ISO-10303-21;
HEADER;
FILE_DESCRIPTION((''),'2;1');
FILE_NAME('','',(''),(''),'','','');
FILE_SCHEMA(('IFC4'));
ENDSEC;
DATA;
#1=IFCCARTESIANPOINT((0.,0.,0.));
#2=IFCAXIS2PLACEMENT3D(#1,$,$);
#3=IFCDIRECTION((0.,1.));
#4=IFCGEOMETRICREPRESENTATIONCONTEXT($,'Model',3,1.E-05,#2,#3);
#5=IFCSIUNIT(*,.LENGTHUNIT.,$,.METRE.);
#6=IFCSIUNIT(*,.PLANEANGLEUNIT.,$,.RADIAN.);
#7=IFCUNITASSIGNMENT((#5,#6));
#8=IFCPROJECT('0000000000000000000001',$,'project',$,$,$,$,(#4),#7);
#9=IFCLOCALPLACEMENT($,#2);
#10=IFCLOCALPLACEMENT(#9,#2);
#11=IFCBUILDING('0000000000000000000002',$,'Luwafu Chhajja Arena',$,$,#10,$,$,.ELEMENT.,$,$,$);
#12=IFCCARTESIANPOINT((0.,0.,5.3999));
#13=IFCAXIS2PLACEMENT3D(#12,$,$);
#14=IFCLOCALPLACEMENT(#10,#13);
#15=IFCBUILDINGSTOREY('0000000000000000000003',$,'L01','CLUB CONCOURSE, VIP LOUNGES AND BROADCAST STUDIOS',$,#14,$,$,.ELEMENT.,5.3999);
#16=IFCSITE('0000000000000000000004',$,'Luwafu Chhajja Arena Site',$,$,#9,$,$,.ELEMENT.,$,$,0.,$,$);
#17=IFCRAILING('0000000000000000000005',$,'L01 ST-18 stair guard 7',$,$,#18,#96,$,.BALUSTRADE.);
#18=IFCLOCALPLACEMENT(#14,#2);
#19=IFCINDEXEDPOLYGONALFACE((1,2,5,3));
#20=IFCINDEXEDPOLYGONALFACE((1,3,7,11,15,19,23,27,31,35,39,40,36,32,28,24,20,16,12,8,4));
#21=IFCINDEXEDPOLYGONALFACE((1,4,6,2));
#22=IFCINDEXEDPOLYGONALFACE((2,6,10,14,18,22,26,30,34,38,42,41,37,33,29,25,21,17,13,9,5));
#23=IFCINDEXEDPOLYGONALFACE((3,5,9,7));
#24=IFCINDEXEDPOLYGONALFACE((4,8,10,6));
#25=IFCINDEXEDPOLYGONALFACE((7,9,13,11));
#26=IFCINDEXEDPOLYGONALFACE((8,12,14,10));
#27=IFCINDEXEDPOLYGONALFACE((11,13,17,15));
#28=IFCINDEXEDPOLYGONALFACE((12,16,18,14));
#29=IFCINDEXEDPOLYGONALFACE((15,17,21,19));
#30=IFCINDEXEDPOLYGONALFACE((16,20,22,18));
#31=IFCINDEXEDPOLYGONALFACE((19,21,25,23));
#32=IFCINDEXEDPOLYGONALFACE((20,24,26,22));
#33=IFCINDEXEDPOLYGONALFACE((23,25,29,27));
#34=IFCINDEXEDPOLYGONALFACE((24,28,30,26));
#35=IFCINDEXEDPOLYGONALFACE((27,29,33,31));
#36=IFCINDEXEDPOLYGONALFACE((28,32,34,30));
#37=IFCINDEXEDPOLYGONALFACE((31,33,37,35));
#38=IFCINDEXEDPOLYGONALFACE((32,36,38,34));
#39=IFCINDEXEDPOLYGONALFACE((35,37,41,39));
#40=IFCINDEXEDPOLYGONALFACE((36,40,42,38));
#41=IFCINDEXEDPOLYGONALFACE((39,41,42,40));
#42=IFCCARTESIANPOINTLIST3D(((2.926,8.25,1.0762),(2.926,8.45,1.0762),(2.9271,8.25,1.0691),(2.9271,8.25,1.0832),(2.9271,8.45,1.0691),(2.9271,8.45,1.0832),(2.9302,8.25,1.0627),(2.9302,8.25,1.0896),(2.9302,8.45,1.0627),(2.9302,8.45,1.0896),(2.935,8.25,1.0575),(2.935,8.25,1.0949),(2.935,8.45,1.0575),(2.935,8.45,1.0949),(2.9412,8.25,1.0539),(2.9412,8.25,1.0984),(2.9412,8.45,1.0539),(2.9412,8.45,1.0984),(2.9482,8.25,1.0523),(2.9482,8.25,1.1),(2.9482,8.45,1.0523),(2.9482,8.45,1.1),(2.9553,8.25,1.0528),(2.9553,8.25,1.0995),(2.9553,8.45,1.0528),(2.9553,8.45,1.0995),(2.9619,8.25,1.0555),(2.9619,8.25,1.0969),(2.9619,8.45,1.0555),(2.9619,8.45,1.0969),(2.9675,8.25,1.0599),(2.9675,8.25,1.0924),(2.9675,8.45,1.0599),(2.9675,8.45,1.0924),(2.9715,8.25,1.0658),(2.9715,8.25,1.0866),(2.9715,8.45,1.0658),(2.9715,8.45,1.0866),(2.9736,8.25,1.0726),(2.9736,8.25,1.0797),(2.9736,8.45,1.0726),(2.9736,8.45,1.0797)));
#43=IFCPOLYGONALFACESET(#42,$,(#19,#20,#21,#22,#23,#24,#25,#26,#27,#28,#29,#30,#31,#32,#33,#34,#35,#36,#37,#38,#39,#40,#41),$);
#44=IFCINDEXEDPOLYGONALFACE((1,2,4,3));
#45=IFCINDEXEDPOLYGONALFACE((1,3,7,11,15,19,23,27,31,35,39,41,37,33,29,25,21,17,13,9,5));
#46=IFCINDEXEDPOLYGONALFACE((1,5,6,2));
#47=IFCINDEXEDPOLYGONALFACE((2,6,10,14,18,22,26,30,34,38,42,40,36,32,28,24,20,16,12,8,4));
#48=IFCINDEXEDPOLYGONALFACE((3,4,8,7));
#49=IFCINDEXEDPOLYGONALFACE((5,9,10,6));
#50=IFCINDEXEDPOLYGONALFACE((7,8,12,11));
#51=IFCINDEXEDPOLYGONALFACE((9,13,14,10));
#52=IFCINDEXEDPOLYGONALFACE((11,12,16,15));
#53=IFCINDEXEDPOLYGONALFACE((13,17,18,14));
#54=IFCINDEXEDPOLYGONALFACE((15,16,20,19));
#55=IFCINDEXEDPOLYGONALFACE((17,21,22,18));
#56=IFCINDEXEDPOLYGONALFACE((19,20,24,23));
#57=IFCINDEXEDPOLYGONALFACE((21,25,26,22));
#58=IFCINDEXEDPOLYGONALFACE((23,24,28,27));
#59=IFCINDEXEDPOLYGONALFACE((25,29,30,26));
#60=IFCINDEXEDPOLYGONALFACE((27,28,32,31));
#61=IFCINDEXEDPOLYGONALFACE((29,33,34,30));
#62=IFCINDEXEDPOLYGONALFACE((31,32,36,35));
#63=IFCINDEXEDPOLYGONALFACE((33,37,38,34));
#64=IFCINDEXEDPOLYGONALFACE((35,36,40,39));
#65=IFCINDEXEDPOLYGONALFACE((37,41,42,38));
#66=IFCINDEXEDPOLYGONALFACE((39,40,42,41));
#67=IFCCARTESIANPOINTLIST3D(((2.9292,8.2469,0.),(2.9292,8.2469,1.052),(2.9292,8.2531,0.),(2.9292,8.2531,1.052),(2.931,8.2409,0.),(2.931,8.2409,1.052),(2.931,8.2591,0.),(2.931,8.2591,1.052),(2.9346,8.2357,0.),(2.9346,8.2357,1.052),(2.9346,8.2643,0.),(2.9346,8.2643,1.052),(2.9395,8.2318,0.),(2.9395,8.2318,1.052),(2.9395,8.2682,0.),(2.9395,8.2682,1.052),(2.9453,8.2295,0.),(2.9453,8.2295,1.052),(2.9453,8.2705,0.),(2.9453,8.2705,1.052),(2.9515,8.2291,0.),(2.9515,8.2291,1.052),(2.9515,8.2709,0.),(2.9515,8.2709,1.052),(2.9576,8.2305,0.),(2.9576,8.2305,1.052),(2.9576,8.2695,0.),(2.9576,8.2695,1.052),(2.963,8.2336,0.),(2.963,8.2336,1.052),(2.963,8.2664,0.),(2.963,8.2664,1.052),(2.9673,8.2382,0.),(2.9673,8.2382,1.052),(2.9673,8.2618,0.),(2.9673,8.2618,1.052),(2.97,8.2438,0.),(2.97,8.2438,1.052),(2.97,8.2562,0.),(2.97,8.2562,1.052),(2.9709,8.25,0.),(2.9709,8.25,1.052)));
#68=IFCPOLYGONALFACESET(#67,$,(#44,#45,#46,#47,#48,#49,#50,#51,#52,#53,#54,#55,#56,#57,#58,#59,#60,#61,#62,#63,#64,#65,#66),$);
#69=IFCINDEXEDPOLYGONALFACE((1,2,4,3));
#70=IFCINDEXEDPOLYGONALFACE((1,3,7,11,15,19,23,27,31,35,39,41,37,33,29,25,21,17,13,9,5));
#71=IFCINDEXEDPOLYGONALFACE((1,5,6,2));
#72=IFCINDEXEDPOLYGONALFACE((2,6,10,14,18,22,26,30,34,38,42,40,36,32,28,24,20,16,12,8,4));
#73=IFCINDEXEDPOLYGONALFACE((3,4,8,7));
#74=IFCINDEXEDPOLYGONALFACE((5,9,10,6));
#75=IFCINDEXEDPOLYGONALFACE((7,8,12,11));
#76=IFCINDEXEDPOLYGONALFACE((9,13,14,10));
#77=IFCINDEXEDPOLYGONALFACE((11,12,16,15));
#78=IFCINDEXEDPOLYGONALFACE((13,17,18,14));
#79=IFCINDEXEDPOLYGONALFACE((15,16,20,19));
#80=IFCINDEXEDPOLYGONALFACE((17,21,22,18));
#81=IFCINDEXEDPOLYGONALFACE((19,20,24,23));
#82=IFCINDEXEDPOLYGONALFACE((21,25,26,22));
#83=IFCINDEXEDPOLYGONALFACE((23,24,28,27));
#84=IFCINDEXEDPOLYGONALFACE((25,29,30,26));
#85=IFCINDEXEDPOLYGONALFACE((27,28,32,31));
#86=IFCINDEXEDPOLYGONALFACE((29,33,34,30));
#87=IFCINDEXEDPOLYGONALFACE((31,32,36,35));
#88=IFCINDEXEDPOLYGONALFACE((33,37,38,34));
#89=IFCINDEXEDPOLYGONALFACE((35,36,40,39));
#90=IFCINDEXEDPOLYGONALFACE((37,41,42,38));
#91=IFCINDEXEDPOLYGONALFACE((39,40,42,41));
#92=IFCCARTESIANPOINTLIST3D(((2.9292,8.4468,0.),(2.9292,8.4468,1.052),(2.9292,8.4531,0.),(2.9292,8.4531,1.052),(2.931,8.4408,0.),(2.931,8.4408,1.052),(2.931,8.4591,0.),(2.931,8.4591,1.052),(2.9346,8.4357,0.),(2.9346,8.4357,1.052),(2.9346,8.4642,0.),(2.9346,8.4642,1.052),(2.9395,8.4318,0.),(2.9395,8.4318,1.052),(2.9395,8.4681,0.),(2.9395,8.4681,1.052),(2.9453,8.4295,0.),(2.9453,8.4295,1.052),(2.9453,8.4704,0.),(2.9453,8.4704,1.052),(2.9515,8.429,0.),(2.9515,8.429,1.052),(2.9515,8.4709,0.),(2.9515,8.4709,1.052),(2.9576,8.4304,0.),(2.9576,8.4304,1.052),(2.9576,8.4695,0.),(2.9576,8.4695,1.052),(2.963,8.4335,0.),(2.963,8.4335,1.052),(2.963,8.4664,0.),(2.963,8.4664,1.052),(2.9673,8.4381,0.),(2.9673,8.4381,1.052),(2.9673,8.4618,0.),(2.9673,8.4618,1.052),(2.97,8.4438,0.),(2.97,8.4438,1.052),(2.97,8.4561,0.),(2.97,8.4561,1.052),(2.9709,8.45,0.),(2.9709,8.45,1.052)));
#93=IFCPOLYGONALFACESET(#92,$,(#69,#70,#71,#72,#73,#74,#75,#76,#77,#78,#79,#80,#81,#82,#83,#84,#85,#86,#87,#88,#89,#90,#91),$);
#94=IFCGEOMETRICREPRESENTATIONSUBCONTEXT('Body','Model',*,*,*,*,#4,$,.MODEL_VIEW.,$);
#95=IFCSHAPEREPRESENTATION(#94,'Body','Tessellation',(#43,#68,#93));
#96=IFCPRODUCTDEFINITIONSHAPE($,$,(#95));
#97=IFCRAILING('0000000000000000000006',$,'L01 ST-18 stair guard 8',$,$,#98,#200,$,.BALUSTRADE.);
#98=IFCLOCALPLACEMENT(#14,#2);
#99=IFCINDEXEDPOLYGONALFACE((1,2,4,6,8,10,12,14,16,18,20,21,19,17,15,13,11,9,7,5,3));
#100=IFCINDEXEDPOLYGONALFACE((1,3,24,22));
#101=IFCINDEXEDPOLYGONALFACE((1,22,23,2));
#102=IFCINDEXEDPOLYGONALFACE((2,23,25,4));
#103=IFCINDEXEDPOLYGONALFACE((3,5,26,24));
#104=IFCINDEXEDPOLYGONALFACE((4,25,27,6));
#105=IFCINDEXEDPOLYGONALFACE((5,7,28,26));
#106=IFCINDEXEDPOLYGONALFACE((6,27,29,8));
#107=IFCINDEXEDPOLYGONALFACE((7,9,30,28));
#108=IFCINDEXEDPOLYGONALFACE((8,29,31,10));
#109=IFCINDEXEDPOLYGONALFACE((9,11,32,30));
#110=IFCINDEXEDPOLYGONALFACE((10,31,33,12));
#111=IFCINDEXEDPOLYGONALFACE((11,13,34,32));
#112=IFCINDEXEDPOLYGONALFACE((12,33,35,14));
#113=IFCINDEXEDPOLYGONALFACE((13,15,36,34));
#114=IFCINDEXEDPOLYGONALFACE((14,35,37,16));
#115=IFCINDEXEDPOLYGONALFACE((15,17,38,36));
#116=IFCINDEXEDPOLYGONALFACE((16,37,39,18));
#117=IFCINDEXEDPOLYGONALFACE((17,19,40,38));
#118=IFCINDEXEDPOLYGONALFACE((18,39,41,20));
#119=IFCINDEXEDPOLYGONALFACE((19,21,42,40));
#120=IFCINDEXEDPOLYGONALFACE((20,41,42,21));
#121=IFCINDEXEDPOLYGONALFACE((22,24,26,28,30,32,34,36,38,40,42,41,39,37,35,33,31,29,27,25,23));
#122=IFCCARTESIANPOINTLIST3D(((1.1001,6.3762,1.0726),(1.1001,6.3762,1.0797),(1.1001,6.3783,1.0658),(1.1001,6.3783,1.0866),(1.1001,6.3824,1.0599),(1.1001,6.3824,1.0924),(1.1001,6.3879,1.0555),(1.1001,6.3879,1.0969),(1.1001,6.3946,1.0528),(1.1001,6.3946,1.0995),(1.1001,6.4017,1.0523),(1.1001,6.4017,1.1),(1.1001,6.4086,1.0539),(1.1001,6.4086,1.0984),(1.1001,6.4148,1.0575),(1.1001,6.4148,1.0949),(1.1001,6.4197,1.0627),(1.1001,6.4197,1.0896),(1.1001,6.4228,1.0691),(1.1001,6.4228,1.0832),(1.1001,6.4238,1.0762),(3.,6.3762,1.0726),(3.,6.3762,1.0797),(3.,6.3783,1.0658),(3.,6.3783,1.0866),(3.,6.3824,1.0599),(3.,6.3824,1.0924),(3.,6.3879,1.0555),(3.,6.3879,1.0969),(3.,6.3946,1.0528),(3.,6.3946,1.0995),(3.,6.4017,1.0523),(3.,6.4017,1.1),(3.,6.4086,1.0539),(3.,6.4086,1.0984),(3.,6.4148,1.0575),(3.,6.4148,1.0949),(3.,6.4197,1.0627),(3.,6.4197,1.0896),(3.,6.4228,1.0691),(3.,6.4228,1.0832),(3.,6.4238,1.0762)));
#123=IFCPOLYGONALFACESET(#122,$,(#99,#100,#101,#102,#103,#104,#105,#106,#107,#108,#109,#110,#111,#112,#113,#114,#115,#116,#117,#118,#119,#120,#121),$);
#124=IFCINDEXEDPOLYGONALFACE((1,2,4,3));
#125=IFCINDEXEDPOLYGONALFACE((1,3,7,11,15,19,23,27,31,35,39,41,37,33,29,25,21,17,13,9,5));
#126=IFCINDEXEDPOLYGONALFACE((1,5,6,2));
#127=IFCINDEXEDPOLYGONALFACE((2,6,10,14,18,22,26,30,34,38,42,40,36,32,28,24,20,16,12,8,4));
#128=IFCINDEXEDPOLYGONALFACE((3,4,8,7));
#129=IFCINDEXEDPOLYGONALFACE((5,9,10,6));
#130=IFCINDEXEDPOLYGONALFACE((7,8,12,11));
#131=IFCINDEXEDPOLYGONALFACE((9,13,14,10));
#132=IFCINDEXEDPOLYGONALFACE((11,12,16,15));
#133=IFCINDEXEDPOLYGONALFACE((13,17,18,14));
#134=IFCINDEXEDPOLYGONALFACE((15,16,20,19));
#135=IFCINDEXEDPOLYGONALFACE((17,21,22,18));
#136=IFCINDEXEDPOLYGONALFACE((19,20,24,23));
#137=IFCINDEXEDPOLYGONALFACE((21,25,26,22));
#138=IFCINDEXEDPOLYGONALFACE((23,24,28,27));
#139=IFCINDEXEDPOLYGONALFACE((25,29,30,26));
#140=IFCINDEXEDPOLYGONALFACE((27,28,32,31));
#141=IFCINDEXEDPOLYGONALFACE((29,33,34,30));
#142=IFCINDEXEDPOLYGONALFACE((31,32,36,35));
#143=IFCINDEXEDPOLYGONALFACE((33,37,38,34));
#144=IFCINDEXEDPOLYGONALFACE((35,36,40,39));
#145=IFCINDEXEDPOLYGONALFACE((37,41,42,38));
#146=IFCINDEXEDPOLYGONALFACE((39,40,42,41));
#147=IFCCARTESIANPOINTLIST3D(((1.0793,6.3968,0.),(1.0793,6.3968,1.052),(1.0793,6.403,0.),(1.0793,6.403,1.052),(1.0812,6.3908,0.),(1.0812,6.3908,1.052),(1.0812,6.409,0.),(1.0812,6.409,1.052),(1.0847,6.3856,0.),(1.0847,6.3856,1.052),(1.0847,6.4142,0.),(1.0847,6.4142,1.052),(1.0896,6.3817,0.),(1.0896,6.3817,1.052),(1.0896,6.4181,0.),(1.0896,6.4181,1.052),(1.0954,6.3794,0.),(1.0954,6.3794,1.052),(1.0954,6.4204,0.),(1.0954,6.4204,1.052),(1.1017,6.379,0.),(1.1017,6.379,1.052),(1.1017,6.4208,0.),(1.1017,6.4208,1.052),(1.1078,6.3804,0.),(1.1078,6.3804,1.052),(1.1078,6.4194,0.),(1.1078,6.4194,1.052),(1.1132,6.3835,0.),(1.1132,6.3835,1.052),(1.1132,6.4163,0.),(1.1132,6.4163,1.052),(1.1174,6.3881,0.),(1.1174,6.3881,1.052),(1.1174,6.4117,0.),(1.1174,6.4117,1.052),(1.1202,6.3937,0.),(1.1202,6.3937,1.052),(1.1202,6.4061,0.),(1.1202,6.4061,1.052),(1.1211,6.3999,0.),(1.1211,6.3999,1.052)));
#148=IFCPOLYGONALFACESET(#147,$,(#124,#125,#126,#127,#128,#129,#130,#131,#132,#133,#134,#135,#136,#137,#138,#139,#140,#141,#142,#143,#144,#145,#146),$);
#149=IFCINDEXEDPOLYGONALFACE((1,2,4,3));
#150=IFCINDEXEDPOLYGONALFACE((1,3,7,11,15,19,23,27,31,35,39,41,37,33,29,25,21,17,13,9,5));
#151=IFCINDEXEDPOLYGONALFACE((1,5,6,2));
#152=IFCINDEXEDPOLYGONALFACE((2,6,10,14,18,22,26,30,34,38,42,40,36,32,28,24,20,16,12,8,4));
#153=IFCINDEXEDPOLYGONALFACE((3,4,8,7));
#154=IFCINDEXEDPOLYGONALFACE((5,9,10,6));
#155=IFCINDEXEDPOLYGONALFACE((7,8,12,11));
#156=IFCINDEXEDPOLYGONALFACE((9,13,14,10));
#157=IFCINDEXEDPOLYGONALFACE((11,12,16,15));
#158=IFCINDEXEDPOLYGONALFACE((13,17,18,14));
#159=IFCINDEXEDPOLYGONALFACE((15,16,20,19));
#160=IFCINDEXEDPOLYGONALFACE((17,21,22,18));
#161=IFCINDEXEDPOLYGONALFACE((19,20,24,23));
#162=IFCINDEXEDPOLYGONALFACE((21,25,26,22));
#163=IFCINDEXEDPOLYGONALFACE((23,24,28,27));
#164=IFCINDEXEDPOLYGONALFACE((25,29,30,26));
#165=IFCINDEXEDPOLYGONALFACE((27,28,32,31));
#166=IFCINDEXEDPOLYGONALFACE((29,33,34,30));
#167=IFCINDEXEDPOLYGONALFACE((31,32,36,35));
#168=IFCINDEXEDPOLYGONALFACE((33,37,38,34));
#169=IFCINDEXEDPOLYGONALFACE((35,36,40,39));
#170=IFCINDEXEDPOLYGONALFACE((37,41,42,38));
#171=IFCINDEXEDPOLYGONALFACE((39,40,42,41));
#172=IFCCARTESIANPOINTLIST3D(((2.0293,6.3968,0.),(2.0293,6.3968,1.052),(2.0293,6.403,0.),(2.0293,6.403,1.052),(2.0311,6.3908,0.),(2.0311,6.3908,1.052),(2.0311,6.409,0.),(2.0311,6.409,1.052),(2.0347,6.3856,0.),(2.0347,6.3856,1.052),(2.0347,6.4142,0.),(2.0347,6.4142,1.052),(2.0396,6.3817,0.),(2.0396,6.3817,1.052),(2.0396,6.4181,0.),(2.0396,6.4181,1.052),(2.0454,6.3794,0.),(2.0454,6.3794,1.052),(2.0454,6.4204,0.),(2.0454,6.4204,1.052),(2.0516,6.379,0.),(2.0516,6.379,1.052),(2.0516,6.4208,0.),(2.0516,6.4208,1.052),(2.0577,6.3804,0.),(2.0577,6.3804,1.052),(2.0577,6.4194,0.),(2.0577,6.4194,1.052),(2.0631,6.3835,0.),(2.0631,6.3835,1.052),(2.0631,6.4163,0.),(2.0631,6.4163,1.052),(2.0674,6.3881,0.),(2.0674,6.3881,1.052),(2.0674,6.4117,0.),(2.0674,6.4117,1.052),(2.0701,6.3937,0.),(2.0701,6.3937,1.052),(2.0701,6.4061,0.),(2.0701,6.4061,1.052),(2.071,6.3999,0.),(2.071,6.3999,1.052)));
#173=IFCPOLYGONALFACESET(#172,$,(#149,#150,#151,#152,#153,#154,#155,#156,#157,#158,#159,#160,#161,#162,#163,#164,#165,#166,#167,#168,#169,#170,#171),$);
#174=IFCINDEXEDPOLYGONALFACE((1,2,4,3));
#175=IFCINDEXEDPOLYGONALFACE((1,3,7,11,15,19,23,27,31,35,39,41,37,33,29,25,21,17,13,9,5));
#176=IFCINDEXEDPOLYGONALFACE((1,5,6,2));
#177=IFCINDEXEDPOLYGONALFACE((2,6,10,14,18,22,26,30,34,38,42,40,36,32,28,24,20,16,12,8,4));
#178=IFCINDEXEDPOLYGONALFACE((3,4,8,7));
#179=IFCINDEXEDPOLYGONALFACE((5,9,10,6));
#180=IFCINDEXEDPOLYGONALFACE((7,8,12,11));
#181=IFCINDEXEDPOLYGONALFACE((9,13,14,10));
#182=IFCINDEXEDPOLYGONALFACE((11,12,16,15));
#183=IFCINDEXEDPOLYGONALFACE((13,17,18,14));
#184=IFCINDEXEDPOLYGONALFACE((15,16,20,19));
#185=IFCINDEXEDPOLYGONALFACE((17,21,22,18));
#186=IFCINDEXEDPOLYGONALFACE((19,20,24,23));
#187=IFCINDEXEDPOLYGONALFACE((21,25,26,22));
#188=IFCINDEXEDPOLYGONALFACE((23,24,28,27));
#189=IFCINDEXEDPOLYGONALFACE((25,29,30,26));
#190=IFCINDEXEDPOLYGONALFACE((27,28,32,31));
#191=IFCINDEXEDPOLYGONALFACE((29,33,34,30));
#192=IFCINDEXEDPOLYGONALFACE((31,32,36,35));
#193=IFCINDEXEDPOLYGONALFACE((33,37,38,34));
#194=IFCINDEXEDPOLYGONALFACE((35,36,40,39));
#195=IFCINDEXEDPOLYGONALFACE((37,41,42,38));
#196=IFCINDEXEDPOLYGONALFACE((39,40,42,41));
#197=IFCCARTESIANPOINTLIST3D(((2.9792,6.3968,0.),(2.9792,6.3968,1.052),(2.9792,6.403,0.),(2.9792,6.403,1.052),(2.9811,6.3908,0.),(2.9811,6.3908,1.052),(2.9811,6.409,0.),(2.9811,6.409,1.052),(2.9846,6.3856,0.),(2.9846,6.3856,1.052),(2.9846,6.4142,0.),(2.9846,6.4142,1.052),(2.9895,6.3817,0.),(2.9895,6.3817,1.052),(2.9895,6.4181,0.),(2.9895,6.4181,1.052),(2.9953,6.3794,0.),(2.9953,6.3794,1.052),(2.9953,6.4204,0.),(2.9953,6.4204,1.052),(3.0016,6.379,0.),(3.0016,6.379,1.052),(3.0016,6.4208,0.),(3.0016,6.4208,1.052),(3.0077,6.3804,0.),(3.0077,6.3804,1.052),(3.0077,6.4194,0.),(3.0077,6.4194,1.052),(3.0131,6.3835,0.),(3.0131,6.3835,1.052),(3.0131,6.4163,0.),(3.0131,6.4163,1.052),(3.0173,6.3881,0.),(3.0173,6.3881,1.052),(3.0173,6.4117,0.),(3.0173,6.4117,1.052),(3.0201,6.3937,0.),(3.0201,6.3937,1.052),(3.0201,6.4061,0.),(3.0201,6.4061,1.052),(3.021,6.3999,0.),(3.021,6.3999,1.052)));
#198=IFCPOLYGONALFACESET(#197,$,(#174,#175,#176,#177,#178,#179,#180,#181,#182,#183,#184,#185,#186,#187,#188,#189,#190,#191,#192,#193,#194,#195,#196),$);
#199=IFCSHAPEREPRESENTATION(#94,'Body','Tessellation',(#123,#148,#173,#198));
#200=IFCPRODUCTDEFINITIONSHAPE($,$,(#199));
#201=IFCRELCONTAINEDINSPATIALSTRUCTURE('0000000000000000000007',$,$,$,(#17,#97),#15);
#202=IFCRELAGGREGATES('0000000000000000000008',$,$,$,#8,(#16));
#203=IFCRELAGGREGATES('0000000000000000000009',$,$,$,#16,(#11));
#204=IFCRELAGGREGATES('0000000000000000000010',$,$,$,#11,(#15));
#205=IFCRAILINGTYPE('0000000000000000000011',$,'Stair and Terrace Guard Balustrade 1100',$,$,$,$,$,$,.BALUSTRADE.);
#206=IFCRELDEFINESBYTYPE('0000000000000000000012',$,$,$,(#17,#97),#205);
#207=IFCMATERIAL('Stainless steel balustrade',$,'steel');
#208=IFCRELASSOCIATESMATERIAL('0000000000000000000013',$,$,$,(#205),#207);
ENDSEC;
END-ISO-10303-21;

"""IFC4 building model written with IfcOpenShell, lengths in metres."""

from ifc_helpers import new_model, si_unit, direction, frame, origin, origin_2d, place, context, subcontext, project, spatial, circle, extrude, material, type_object, element, save


model = new_model("IFC4")

# Units and contexts
model_context = context("Model", 3, precision=1e-05, world=origin(), true_north=direction((0.0, 1.0)))
body_context = subcontext(model_context, "Body", "Model", "MODEL_VIEW")
ifc_project = project(units=[si_unit("LENGTHUNIT", "METRE"), si_unit("PLANEANGLEUNIT", "RADIAN")], contexts=[model_context])

# Site, building, storey
site_placement = place(None, origin())
site = spatial("IfcSite", under=ifc_project, at=site_placement, Name="Luwafu Chhajja Arena Site", CompositionType="ELEMENT", RefElevation=0.0)
building_placement = place(site_placement, origin())
building = spatial("IfcBuilding", under=site, at=building_placement, Name="Luwafu Chhajja Arena", CompositionType="ELEMENT")
storey_placement = place(building_placement, frame((0.0, 0.0, 5.3999)))
storey = spatial("IfcBuildingStorey", under=building, at=storey_placement, Name="L01", Description="CLUB CONCOURSE, VIP LOUNGES AND BROADCAST STUDIOS", CompositionType="ELEMENT", Elevation=5.3999)

# Shared definitions
ifc_material_1 = material(Name="Stainless steel balustrade", Category="steel")

# Railings
railing_type_1 = type_object("IfcRailingType", Name="Stair and Terrace Guard Balustrade 1100", PredefinedType="BALUSTRADE", material=ifc_material_1)
railing_1_placement = place(storey_placement, frame((2.95, 8.25, 0.0)))
element("IfcRailing", 1, at=railing_1_placement, inside=storey, type_object=railing_type_1, Name="L01 ST-18 stair guard 7", PredefinedType="BALUSTRADE", context=body_context, shape_type="SweptSolid", body=[
    extrude(circle(Radius=0.0239, at=origin_2d()), frame((0.0, 0.0, 1.0762), z_axis=(0.0, 1.0, 0.0), x_axis=(-1.0, 0.0, 0.0)), (0.0, 0.0, 1.0), 0.2),
    extrude(circle(Radius=0.021, at=origin_2d()), origin(), (0.0, 0.0, 1.0), 1.052),
    extrude(circle(Radius=0.021, at=origin_2d()), frame((0.0, 0.2, 0.0)), (0.0, 0.0, 1.0), 1.052),
])
for number, where, name in (
    (2, (1.1001, 6.3999, 0.0), "L01 ST-18 stair guard 8"),
):
    element("IfcRailing", number, at=place(storey_placement, frame(where)), inside=storey, type_object=railing_type_1, Name=name, PredefinedType="BALUSTRADE", context=body_context, shape_type="SweptSolid", body=[
        extrude(circle(Radius=0.0239, at=origin_2d()), frame((0.0, 0.0, 1.0762), z_axis=(1.0, 0.0, 0.0), x_axis=(0.0, 1.0, 0.0)), (0.0, 0.0, 1.0), 1.8999),
        extrude(circle(Radius=0.021, at=origin_2d()), origin(), (0.0, 0.0, 1.0), 1.052),
        extrude(circle(Radius=0.021, at=origin_2d()), frame((0.95, 0.0, 0.0)), (0.0, 0.0, 1.0), 1.052),
        extrude(circle(Radius=0.021, at=origin_2d()), frame((1.8999, 0.0, 0.0)), (0.0, 0.0, 1.0), 1.052),
    ])

save(model, "model.ifc")
